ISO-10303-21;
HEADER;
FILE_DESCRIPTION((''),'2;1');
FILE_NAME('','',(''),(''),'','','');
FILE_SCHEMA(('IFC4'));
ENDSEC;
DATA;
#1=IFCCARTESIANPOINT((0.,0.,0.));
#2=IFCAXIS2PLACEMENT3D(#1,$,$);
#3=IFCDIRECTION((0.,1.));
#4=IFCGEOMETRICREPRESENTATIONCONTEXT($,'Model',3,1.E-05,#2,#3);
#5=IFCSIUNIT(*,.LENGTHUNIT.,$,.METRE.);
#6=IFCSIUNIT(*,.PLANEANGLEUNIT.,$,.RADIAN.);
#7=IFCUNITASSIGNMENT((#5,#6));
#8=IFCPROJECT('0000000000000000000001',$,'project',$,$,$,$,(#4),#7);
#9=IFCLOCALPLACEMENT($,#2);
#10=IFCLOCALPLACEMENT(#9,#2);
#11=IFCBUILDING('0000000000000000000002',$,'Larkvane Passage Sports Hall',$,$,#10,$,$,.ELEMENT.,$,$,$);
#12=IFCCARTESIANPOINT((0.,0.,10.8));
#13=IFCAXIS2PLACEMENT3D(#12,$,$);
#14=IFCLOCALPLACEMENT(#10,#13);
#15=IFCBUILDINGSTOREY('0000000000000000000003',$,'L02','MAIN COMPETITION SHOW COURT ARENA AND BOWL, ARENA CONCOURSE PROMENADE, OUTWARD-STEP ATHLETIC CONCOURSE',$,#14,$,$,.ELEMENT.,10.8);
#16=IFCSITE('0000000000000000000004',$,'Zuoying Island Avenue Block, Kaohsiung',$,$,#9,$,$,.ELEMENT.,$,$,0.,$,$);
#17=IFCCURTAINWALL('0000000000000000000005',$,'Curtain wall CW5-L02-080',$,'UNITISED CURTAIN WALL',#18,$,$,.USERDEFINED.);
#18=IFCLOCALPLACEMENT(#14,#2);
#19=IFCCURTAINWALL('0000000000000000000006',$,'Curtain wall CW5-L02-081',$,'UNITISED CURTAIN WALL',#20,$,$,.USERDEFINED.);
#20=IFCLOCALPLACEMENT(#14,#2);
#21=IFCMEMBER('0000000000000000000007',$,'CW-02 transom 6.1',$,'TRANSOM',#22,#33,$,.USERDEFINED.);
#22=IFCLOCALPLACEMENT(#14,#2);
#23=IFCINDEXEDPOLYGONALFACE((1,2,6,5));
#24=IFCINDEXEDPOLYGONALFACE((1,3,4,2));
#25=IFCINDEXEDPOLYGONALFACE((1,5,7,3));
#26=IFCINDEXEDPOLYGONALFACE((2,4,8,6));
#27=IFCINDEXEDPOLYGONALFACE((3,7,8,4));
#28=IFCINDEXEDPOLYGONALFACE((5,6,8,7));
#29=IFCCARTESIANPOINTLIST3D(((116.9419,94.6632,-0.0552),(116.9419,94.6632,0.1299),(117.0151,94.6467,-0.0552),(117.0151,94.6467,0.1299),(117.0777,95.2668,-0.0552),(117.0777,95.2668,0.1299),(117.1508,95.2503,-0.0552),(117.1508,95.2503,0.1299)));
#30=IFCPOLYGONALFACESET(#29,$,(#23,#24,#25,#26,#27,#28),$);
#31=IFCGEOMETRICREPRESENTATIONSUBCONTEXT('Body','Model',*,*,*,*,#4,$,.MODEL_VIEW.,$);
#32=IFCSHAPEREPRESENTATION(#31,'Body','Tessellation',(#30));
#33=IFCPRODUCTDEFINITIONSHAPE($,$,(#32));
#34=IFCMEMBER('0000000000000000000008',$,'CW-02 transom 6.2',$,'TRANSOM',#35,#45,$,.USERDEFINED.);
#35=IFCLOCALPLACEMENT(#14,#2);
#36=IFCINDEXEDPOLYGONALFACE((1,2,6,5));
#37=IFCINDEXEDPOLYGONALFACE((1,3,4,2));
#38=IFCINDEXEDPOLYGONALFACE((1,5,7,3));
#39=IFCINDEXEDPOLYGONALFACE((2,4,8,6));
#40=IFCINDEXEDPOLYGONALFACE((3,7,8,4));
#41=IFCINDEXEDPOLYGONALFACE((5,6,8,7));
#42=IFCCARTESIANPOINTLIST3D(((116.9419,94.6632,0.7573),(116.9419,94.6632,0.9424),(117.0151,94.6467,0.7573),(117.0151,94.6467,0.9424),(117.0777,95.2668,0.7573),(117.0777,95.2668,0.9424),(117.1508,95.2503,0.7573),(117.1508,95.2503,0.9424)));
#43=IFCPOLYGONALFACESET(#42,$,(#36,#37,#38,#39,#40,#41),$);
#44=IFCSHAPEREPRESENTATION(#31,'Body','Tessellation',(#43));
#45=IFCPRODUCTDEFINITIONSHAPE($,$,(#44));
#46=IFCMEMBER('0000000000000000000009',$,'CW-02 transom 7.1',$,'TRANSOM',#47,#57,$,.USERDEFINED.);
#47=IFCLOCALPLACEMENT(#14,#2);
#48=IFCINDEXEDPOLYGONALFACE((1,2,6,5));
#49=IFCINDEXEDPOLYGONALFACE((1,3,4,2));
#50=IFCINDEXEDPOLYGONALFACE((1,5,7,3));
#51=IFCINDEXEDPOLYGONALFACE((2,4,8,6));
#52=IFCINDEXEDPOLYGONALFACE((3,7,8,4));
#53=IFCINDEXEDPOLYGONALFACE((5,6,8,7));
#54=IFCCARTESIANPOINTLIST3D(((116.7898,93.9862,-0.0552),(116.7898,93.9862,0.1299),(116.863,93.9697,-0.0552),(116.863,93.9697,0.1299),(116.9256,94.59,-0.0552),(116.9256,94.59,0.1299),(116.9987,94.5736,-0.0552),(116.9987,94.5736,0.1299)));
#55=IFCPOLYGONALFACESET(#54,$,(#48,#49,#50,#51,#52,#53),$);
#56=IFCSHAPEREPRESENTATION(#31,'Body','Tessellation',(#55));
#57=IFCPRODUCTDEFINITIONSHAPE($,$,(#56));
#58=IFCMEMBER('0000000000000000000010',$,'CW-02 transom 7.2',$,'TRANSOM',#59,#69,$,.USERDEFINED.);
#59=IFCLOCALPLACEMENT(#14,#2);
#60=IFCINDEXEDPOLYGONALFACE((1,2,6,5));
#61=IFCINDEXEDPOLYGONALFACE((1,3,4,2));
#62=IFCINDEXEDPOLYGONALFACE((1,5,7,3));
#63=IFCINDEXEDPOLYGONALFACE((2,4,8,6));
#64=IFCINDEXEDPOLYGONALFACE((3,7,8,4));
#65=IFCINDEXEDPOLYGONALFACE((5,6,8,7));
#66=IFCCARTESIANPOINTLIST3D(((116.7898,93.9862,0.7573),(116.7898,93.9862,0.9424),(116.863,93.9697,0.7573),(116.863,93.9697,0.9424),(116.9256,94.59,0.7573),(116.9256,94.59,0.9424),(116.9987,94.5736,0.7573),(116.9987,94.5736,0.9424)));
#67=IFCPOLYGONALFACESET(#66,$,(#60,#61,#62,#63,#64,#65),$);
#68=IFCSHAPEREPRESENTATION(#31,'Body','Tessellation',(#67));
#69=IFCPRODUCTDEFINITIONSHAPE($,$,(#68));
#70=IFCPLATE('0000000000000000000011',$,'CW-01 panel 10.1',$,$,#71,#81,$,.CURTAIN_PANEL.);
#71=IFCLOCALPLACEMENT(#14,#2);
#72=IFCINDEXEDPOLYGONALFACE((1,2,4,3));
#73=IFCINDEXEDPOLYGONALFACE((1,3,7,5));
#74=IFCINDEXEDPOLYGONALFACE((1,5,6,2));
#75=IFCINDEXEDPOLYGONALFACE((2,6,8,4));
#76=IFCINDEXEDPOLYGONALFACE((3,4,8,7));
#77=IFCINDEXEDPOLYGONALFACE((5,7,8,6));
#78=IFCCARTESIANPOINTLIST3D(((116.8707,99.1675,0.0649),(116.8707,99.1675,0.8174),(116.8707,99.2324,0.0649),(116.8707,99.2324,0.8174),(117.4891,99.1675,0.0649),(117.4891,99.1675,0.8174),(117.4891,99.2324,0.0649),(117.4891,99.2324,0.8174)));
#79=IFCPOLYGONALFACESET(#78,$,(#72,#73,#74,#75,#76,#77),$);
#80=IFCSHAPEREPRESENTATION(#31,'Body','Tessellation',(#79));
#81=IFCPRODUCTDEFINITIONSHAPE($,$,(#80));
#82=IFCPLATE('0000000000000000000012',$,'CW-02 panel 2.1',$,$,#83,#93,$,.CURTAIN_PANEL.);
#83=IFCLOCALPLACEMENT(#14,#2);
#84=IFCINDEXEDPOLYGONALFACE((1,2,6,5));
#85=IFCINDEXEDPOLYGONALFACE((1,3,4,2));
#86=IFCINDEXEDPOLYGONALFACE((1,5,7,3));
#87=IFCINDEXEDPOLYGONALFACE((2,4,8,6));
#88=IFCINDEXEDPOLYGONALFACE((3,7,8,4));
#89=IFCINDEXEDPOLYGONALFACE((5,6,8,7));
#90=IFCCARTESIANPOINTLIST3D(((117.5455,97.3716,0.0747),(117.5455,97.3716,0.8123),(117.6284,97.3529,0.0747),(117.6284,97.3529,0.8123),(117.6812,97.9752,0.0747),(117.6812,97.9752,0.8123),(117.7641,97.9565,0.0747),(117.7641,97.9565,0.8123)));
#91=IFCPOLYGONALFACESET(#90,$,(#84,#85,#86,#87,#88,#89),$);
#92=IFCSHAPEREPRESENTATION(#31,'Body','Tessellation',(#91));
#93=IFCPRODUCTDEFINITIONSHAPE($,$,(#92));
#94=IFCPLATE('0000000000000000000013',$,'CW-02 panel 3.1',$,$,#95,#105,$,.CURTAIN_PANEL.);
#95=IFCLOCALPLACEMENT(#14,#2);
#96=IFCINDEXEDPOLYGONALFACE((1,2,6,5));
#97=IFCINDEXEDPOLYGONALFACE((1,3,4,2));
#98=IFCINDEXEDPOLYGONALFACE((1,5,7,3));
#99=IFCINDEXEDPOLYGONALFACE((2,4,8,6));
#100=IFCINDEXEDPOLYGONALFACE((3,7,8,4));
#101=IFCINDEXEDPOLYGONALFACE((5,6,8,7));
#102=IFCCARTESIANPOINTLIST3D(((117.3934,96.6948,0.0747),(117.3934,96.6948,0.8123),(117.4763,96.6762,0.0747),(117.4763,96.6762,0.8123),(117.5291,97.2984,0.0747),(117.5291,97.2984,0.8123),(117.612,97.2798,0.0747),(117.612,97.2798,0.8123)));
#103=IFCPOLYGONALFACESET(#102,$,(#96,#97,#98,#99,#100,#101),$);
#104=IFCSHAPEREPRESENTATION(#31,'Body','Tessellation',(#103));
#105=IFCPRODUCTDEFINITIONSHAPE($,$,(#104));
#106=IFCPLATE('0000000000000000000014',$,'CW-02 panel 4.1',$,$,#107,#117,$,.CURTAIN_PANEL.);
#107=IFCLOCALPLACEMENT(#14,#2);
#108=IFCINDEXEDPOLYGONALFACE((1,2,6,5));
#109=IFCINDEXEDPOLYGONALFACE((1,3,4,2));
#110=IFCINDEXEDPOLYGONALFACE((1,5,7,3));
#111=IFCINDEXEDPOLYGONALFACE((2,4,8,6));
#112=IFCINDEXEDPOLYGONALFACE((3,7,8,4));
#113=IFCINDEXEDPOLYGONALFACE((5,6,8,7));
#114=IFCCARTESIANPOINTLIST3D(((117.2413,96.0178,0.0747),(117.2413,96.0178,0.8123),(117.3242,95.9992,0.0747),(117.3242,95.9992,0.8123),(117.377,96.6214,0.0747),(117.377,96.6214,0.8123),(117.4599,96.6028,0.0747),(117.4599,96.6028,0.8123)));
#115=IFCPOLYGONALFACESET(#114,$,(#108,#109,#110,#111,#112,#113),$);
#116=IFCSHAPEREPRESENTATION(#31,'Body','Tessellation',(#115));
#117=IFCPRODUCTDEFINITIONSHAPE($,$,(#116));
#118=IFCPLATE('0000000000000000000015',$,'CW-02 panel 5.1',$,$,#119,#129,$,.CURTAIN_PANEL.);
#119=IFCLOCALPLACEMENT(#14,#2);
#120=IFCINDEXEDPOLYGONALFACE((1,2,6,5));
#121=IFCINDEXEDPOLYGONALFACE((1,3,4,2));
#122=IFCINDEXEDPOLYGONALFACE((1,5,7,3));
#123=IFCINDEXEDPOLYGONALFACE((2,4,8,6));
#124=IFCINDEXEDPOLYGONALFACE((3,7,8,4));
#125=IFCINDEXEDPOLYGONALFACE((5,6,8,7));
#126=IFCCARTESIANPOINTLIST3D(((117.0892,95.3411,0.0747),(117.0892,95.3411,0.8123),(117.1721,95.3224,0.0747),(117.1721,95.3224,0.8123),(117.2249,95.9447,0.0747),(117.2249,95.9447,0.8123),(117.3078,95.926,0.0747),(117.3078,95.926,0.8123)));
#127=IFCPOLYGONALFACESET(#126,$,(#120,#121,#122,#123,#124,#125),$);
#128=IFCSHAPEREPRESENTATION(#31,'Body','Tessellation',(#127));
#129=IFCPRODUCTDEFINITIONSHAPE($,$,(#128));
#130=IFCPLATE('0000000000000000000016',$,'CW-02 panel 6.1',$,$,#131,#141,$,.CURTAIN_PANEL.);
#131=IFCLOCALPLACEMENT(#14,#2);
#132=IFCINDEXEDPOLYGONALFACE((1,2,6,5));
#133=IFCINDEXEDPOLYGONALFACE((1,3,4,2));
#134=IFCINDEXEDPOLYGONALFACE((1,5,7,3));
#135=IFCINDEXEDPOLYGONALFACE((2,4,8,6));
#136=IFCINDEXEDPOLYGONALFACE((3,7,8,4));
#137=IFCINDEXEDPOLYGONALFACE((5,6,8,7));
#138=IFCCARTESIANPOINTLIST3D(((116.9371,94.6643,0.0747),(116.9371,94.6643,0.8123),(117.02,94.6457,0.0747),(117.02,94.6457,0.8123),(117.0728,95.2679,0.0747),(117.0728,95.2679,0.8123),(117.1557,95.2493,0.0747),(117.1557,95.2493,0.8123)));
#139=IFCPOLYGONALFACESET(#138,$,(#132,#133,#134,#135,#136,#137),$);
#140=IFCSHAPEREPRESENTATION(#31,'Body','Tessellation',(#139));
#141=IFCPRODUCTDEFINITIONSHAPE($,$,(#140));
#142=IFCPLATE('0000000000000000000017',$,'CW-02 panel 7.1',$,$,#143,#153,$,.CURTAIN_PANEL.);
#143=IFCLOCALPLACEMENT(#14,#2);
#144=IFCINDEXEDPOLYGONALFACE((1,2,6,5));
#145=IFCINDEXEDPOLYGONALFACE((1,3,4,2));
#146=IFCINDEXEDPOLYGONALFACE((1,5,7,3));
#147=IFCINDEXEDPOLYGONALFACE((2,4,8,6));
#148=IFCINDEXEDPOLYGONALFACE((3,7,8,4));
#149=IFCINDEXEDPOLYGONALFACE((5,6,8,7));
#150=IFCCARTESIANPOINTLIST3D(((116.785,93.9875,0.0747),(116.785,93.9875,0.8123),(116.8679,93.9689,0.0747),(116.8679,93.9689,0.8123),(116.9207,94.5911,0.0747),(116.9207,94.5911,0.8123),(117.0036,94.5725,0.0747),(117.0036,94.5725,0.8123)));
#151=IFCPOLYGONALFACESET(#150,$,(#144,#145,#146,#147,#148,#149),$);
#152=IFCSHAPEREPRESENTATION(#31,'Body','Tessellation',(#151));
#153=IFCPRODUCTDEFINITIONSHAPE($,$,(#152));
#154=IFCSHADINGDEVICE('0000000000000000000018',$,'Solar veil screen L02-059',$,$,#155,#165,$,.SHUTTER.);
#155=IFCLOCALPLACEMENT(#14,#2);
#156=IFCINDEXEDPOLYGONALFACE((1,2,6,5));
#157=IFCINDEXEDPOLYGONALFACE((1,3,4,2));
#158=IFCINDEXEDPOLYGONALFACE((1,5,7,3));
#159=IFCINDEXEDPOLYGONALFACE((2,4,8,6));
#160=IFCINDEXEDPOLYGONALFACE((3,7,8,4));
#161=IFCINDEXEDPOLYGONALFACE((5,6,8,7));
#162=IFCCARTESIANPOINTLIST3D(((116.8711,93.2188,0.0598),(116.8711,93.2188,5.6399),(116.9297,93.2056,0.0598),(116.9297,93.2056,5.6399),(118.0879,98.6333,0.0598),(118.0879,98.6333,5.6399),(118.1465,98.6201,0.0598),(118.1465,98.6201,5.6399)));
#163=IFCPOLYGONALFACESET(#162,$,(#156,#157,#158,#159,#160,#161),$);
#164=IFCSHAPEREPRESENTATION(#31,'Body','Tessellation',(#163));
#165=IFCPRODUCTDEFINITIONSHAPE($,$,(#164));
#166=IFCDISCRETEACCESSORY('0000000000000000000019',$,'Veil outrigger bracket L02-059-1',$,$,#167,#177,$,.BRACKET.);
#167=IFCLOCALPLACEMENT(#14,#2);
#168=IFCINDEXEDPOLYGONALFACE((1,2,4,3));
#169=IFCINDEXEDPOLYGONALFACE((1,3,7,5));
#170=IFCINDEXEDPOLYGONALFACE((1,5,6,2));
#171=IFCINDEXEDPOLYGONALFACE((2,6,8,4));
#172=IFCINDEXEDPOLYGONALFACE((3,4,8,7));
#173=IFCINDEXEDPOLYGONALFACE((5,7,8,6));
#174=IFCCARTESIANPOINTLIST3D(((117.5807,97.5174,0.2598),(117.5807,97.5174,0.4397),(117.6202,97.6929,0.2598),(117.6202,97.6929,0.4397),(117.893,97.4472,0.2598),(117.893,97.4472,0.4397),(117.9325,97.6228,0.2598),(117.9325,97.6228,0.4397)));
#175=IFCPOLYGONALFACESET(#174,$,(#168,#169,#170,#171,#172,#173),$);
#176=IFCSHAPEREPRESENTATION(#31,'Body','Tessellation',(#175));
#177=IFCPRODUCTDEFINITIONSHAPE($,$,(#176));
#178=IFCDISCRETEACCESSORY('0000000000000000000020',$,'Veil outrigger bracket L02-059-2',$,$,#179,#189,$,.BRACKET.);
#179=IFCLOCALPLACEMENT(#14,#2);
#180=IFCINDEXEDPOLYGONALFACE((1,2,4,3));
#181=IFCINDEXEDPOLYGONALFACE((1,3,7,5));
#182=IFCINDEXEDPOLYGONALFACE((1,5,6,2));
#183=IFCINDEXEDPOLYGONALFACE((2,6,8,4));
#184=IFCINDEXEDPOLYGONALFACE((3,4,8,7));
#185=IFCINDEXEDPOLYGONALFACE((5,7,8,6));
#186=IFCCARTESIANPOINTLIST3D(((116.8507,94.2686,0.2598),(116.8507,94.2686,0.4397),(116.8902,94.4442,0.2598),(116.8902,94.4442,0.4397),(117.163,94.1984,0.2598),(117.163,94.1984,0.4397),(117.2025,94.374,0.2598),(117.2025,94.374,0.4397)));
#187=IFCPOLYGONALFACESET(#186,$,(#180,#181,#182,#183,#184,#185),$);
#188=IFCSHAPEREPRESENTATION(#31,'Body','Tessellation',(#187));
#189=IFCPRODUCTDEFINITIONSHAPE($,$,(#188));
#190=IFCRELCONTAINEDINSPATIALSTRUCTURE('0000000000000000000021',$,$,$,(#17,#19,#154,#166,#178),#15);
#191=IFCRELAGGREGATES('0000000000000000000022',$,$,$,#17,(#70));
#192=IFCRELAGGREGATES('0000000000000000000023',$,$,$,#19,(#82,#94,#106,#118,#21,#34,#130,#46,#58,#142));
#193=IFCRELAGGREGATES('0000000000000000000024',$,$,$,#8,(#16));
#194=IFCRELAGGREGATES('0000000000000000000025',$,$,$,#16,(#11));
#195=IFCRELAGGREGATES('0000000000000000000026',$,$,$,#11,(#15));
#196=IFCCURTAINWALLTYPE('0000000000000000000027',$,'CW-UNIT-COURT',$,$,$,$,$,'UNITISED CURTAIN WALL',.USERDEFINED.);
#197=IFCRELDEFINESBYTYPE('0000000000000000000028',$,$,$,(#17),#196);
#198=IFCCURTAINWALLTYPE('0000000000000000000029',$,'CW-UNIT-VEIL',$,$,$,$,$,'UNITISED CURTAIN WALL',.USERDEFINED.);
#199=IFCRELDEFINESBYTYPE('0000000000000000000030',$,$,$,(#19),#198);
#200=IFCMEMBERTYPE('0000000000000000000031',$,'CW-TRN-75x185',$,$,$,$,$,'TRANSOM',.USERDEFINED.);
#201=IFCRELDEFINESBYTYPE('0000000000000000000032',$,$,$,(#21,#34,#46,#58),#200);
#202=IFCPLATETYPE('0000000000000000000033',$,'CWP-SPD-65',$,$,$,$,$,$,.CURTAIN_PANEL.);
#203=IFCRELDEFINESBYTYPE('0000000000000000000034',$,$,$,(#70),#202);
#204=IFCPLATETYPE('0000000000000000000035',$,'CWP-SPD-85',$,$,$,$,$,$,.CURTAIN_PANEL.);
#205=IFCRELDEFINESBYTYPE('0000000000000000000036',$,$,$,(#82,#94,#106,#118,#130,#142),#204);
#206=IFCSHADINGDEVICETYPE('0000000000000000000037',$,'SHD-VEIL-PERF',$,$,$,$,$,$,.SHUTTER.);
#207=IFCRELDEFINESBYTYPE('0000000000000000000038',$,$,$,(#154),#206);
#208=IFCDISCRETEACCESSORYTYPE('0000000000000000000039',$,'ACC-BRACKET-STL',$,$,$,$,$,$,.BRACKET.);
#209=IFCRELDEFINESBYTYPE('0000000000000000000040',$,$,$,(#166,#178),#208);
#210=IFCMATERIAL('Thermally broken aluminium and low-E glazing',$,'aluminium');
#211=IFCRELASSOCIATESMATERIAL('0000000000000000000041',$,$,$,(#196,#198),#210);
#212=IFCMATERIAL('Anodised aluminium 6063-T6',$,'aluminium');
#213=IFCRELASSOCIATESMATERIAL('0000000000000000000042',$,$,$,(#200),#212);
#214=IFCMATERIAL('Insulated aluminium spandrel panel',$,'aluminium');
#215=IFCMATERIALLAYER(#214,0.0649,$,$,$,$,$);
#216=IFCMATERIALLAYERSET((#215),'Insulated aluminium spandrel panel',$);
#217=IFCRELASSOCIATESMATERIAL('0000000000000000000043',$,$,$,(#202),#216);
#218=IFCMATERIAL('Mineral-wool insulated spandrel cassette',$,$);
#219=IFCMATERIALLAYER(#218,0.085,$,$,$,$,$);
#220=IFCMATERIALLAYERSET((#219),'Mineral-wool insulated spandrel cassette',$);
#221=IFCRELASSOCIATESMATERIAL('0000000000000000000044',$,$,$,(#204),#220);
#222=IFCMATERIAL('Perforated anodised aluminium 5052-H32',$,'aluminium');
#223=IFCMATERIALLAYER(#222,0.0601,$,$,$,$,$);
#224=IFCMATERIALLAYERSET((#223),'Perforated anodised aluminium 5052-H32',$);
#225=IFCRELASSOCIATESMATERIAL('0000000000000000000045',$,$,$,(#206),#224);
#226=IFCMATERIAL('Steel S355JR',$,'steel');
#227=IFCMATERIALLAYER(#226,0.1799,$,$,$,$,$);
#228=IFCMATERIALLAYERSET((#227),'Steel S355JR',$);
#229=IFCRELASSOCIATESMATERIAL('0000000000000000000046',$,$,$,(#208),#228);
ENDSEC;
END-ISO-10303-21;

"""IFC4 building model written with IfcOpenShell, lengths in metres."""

from ifc_helpers import new_model, si_unit, direction, frame, origin, origin_2d, place, context, subcontext, project, spatial, rectangle, extrude, material, layer, layer_set, material_profile, profile_set, type_object, element, aggregate, save


model = new_model("IFC4")

# Units and contexts
model_context = context("Model", 3, precision=1e-05, world=origin(), true_north=direction((0.0, 1.0)))
body_context = subcontext(model_context, "Body", "Model", "MODEL_VIEW")
ifc_project = project(units=[si_unit("LENGTHUNIT", "METRE"), si_unit("PLANEANGLEUNIT", "RADIAN")], contexts=[model_context])

# Site, building, storey
site_placement = place(None, origin())
site = spatial("IfcSite", under=ifc_project, at=site_placement, Name="Zuoying Island Avenue Block, Kaohsiung", CompositionType="ELEMENT", RefElevation=0.0)
building_placement = place(site_placement, origin())
building = spatial("IfcBuilding", under=site, at=building_placement, Name="Larkvane Passage Sports Hall", CompositionType="ELEMENT")
storey_placement = place(building_placement, frame((0.0, 0.0, 10.8)))
storey = spatial("IfcBuildingStorey", under=building, at=storey_placement, Name="L02", Description="MAIN COMPETITION SHOW COURT ARENA AND BOWL, ARENA CONCOURSE PROMENADE, OUTWARD-STEP ATHLETIC CONCOURSE", CompositionType="ELEMENT", Elevation=10.8)

# Curtain wall
ifc_material_1 = material(Name="Thermally broken aluminium and low-E glazing", Category="aluminium")
curtain_wall_type_1 = type_object("IfcCurtainWallType", Name="CW-UNIT-COURT", ElementType="UNITISED CURTAIN WALL", PredefinedType="USERDEFINED", material=ifc_material_1)
curtain_wall_1_placement = place(storey_placement, origin())
curtain_wall_1 = element("IfcCurtainWall", 1, at=curtain_wall_1_placement, inside=storey, type_object=curtain_wall_type_1, Name="Curtain wall CW5-L02-080", ObjectType="UNITISED CURTAIN WALL", PredefinedType="USERDEFINED")
ifc_material_2 = material(Name="Anodised aluminium 6063-T6", Category="aluminium")

# Curtain wall, members
curtain_wall_type_2 = type_object("IfcCurtainWallType", Name="CW-UNIT-VEIL", ElementType="UNITISED CURTAIN WALL", PredefinedType="USERDEFINED", material=ifc_material_1)
curtain_wall_2_placement = place(storey_placement, origin())
curtain_wall_2 = element("IfcCurtainWall", 2, at=curtain_wall_2_placement, inside=storey, type_object=curtain_wall_type_2, Name="Curtain wall CW5-L02-081", ObjectType="UNITISED CURTAIN WALL", PredefinedType="USERDEFINED")
ifc_material_profile_1 = material_profile(ifc_material_2, rectangle(XDim=0.075, YDim=0.1851, at=origin_2d()), Name="ALU-TRN-75x185")
ifc_profile_set_1 = profile_set([ifc_material_profile_1], Name="Anodised aluminium 6063-T6")
member_type_1 = type_object("IfcMemberType", Name="CW-TRN-75x185", ElementType="TRANSOM", PredefinedType="USERDEFINED", material=ifc_profile_set_1)
member_1_placement = place(storey_placement, frame((117.1143, 95.2585, 0.0374), z_axis=(-0.219437, -0.975627, 0.0), x_axis=(0.975627, -0.219437, 0.0)))
member_1 = element("IfcMember", 3, at=member_1_placement, type_object=member_type_1, Name="CW-02 transom 6.1", ObjectType="TRANSOM", PredefinedType="USERDEFINED", context=body_context, shape_type="SweptSolid", body=[
    extrude(rectangle(XDim=0.075, YDim=0.1851, at=origin_2d()), origin(), (0.0, 0.0, 1.0), 0.6187),
])
member_2_placement = place(storey_placement, frame((117.1143, 95.2585, 0.8499), z_axis=(-0.219437, -0.975627, 0.0), x_axis=(0.975627, -0.219437, 0.0)))
member_2 = element("IfcMember", 4, at=member_2_placement, type_object=member_type_1, Name="CW-02 transom 6.2", ObjectType="TRANSOM", PredefinedType="USERDEFINED", context=body_context, shape_type="SweptSolid", body=[
    extrude(rectangle(XDim=0.075, YDim=0.1851, at=origin_2d()), origin(), (0.0, 0.0, 1.0), 0.6187),
])
member_3_placement = place(storey_placement, frame((116.9622, 94.5818, 0.0374), z_axis=(-0.219353, -0.975646, 0.0), x_axis=(0.975646, -0.219353, 0.0)))
member_3 = element("IfcMember", 5, at=member_3_placement, type_object=member_type_1, Name="CW-02 transom 7.1", ObjectType="TRANSOM", PredefinedType="USERDEFINED", context=body_context, shape_type="SweptSolid", body=[
    extrude(rectangle(XDim=0.075, YDim=0.1851, at=origin_2d()), origin(), (0.0, 0.0, 1.0), 0.6189),
])
member_4_placement = place(storey_placement, frame((116.9622, 94.5818, 0.8499), z_axis=(-0.219353, -0.975646, 0.0), x_axis=(0.975646, -0.219353, 0.0)))
member_4 = element("IfcMember", 6, at=member_4_placement, type_object=member_type_1, Name="CW-02 transom 7.2", ObjectType="TRANSOM", PredefinedType="USERDEFINED", context=body_context, shape_type="SweptSolid", body=[
    extrude(rectangle(XDim=0.075, YDim=0.1851, at=origin_2d()), origin(), (0.0, 0.0, 1.0), 0.6189),
])

# Plates
ifc_material_3 = material(Name="Insulated aluminium spandrel panel", Category="aluminium")
ifc_layer_1 = layer(ifc_material_3, 0.0649)
ifc_layer_set_1 = layer_set([ifc_layer_1], Name="Insulated aluminium spandrel panel")
plate_type_1 = type_object("IfcPlateType", Name="CWP-SPD-65", PredefinedType="CURTAIN_PANEL", material=ifc_layer_set_1)
plate_1_placement = place(storey_placement, frame((117.1799, 99.2, 0.0649), z_axis=(0.0, 0.0, 1.0), x_axis=(1.0, 0.0, 0.0)))
plate_1 = element("IfcPlate", 7, at=plate_1_placement, type_object=plate_type_1, Name="CW-01 panel 10.1", PredefinedType="CURTAIN_PANEL", context=body_context, shape_type="SweptSolid", body=[
    extrude(rectangle(XDim=0.6184, YDim=0.0649, at=origin_2d()), origin(), (0.0, 0.0, 1.0), 0.7524),
])
aggregate(curtain_wall_1, [plate_1])
ifc_material_4 = material(Name="Mineral-wool insulated spandrel cassette")
ifc_layer_2 = layer(ifc_material_4, 0.085)
ifc_layer_set_2 = layer_set([ifc_layer_2], Name="Mineral-wool insulated spandrel cassette")
plate_type_2 = type_object("IfcPlateType", Name="CWP-SPD-85", PredefinedType="CURTAIN_PANEL", material=ifc_layer_set_2)
plate_2_placement = place(storey_placement, frame((117.6548, 97.6641, 0.0747), z_axis=(0.0, 0.0, 1.0), x_axis=(-0.219257, -0.975667, 0.0)))
plate_2 = element("IfcPlate", 8, at=plate_2_placement, type_object=plate_type_2, Name="CW-02 panel 2.1", PredefinedType="CURTAIN_PANEL", context=body_context, shape_type="SweptSolid", body=[
    extrude(rectangle(XDim=0.6187, YDim=0.085, at=origin_2d()), origin(), (0.0, 0.0, 1.0), 0.7375),
])
plate_3_placement = place(storey_placement, frame((117.5027, 96.9873, 0.0747), z_axis=(0.0, 0.0, 1.0), x_axis=(-0.219257, -0.975667, 0.0)))
plate_3 = element("IfcPlate", 9, at=plate_3_placement, type_object=plate_type_2, Name="CW-02 panel 3.1", PredefinedType="CURTAIN_PANEL", context=body_context, shape_type="SweptSolid", body=[
    extrude(rectangle(XDim=0.6187, YDim=0.085, at=origin_2d()), origin(), (0.0, 0.0, 1.0), 0.7375),
])
plate_4_placement = place(storey_placement, frame((117.3506, 96.3103, 0.0747), z_axis=(0.0, 0.0, 1.0), x_axis=(-0.219257, -0.975667, 0.0)))
plate_4 = element("IfcPlate", 10, at=plate_4_placement, type_object=plate_type_2, Name="CW-02 panel 4.1", PredefinedType="CURTAIN_PANEL", context=body_context, shape_type="SweptSolid", body=[
    extrude(rectangle(XDim=0.6187, YDim=0.085, at=origin_2d()), origin(), (0.0, 0.0, 1.0), 0.7375),
])
plate_5_placement = place(storey_placement, frame((117.1985, 95.6335, 0.0747), z_axis=(0.0, 0.0, 1.0), x_axis=(-0.219257, -0.975667, 0.0)))
plate_5 = element("IfcPlate", 11, at=plate_5_placement, type_object=plate_type_2, Name="CW-02 panel 5.1", PredefinedType="CURTAIN_PANEL", context=body_context, shape_type="SweptSolid", body=[
    extrude(rectangle(XDim=0.6187, YDim=0.085, at=origin_2d()), origin(), (0.0, 0.0, 1.0), 0.7375),
])
plate_6_placement = place(storey_placement, frame((117.0464, 94.9568, 0.0747), z_axis=(0.0, 0.0, 1.0), x_axis=(-0.219257, -0.975667, 0.0)))
plate_6 = element("IfcPlate", 12, at=plate_6_placement, type_object=plate_type_2, Name="CW-02 panel 6.1", PredefinedType="CURTAIN_PANEL", context=body_context, shape_type="SweptSolid", body=[
    extrude(rectangle(XDim=0.6187, YDim=0.085, at=origin_2d()), origin(), (0.0, 0.0, 1.0), 0.7375),
])
plate_7_placement = place(storey_placement, frame((116.8943, 94.28, 0.0747), z_axis=(0.0, 0.0, 1.0), x_axis=(-0.219257, -0.975667, 0.0)))
plate_7 = element("IfcPlate", 13, at=plate_7_placement, type_object=plate_type_2, Name="CW-02 panel 7.1", PredefinedType="CURTAIN_PANEL", context=body_context, shape_type="SweptSolid", body=[
    extrude(rectangle(XDim=0.6187, YDim=0.085, at=origin_2d()), origin(), (0.0, 0.0, 1.0), 0.7375),
])
aggregate(curtain_wall_2, [plate_2, plate_3, plate_4, plate_5, member_1, member_2, plate_6, member_3, member_4, plate_7])

# Shading device
ifc_material_5 = material(Name="Perforated anodised aluminium 5052-H32", Category="aluminium")
ifc_layer_3 = layer(ifc_material_5, 0.0601)
ifc_layer_set_3 = layer_set([ifc_layer_3], Name="Perforated anodised aluminium 5052-H32")
shading_device_type = type_object("IfcShadingDeviceType", Name="SHD-VEIL-PERF", PredefinedType="SHUTTER", material=ifc_layer_set_3)
shading_device_placement = place(storey_placement, frame((117.5088, 95.9194, 0.0598), z_axis=(0.0, 0.0, 1.0), x_axis=(-0.219251, -0.975668, 0.0)))
element("IfcShadingDevice", 14, at=shading_device_placement, inside=storey, type_object=shading_device_type, Name="Solar veil screen L02-059", PredefinedType="SHUTTER", context=body_context, shape_type="SweptSolid", body=[
    extrude(rectangle(XDim=5.5496, YDim=0.0601, at=origin_2d()), origin(), (0.0, 0.0, 1.0), 5.5801),
])

# Discrete accessories
ifc_material_6 = material(Name="Steel S355JR", Category="steel")
ifc_layer_4 = layer(ifc_material_6, 0.1799)
ifc_layer_set_4 = layer_set([ifc_layer_4], Name="Steel S355JR")
discrete_accessory_type = type_object("IfcDiscreteAccessoryType", Name="ACC-BRACKET-STL", PredefinedType="BRACKET", material=ifc_layer_set_4)
for number, where, z_axis, x_axis, name in (
    (15, (117.7566, 97.5701, 0.2598), (0.0, 0.0, 1.0), (-0.219251, -0.975668, 0.0), "Veil outrigger bracket L02-059-1"),
    (16, (117.0266, 94.3213, 0.2598), (0.0, 0.0, 1.0), (-0.219251, -0.975668, 0.0), "Veil outrigger bracket L02-059-2"),
):
    element("IfcDiscreteAccessory", number, at=place(storey_placement, frame(where, z_axis=z_axis, x_axis=x_axis)), inside=storey, type_object=discrete_accessory_type, Name=name, PredefinedType="BRACKET", context=body_context, shape_type="SweptSolid", body=[
        extrude(rectangle(XDim=0.1799, YDim=0.3201, at=origin_2d()), origin(), (0.0, 0.0, 1.0), 0.1799),
    ])

save(model, "model.ifc")
